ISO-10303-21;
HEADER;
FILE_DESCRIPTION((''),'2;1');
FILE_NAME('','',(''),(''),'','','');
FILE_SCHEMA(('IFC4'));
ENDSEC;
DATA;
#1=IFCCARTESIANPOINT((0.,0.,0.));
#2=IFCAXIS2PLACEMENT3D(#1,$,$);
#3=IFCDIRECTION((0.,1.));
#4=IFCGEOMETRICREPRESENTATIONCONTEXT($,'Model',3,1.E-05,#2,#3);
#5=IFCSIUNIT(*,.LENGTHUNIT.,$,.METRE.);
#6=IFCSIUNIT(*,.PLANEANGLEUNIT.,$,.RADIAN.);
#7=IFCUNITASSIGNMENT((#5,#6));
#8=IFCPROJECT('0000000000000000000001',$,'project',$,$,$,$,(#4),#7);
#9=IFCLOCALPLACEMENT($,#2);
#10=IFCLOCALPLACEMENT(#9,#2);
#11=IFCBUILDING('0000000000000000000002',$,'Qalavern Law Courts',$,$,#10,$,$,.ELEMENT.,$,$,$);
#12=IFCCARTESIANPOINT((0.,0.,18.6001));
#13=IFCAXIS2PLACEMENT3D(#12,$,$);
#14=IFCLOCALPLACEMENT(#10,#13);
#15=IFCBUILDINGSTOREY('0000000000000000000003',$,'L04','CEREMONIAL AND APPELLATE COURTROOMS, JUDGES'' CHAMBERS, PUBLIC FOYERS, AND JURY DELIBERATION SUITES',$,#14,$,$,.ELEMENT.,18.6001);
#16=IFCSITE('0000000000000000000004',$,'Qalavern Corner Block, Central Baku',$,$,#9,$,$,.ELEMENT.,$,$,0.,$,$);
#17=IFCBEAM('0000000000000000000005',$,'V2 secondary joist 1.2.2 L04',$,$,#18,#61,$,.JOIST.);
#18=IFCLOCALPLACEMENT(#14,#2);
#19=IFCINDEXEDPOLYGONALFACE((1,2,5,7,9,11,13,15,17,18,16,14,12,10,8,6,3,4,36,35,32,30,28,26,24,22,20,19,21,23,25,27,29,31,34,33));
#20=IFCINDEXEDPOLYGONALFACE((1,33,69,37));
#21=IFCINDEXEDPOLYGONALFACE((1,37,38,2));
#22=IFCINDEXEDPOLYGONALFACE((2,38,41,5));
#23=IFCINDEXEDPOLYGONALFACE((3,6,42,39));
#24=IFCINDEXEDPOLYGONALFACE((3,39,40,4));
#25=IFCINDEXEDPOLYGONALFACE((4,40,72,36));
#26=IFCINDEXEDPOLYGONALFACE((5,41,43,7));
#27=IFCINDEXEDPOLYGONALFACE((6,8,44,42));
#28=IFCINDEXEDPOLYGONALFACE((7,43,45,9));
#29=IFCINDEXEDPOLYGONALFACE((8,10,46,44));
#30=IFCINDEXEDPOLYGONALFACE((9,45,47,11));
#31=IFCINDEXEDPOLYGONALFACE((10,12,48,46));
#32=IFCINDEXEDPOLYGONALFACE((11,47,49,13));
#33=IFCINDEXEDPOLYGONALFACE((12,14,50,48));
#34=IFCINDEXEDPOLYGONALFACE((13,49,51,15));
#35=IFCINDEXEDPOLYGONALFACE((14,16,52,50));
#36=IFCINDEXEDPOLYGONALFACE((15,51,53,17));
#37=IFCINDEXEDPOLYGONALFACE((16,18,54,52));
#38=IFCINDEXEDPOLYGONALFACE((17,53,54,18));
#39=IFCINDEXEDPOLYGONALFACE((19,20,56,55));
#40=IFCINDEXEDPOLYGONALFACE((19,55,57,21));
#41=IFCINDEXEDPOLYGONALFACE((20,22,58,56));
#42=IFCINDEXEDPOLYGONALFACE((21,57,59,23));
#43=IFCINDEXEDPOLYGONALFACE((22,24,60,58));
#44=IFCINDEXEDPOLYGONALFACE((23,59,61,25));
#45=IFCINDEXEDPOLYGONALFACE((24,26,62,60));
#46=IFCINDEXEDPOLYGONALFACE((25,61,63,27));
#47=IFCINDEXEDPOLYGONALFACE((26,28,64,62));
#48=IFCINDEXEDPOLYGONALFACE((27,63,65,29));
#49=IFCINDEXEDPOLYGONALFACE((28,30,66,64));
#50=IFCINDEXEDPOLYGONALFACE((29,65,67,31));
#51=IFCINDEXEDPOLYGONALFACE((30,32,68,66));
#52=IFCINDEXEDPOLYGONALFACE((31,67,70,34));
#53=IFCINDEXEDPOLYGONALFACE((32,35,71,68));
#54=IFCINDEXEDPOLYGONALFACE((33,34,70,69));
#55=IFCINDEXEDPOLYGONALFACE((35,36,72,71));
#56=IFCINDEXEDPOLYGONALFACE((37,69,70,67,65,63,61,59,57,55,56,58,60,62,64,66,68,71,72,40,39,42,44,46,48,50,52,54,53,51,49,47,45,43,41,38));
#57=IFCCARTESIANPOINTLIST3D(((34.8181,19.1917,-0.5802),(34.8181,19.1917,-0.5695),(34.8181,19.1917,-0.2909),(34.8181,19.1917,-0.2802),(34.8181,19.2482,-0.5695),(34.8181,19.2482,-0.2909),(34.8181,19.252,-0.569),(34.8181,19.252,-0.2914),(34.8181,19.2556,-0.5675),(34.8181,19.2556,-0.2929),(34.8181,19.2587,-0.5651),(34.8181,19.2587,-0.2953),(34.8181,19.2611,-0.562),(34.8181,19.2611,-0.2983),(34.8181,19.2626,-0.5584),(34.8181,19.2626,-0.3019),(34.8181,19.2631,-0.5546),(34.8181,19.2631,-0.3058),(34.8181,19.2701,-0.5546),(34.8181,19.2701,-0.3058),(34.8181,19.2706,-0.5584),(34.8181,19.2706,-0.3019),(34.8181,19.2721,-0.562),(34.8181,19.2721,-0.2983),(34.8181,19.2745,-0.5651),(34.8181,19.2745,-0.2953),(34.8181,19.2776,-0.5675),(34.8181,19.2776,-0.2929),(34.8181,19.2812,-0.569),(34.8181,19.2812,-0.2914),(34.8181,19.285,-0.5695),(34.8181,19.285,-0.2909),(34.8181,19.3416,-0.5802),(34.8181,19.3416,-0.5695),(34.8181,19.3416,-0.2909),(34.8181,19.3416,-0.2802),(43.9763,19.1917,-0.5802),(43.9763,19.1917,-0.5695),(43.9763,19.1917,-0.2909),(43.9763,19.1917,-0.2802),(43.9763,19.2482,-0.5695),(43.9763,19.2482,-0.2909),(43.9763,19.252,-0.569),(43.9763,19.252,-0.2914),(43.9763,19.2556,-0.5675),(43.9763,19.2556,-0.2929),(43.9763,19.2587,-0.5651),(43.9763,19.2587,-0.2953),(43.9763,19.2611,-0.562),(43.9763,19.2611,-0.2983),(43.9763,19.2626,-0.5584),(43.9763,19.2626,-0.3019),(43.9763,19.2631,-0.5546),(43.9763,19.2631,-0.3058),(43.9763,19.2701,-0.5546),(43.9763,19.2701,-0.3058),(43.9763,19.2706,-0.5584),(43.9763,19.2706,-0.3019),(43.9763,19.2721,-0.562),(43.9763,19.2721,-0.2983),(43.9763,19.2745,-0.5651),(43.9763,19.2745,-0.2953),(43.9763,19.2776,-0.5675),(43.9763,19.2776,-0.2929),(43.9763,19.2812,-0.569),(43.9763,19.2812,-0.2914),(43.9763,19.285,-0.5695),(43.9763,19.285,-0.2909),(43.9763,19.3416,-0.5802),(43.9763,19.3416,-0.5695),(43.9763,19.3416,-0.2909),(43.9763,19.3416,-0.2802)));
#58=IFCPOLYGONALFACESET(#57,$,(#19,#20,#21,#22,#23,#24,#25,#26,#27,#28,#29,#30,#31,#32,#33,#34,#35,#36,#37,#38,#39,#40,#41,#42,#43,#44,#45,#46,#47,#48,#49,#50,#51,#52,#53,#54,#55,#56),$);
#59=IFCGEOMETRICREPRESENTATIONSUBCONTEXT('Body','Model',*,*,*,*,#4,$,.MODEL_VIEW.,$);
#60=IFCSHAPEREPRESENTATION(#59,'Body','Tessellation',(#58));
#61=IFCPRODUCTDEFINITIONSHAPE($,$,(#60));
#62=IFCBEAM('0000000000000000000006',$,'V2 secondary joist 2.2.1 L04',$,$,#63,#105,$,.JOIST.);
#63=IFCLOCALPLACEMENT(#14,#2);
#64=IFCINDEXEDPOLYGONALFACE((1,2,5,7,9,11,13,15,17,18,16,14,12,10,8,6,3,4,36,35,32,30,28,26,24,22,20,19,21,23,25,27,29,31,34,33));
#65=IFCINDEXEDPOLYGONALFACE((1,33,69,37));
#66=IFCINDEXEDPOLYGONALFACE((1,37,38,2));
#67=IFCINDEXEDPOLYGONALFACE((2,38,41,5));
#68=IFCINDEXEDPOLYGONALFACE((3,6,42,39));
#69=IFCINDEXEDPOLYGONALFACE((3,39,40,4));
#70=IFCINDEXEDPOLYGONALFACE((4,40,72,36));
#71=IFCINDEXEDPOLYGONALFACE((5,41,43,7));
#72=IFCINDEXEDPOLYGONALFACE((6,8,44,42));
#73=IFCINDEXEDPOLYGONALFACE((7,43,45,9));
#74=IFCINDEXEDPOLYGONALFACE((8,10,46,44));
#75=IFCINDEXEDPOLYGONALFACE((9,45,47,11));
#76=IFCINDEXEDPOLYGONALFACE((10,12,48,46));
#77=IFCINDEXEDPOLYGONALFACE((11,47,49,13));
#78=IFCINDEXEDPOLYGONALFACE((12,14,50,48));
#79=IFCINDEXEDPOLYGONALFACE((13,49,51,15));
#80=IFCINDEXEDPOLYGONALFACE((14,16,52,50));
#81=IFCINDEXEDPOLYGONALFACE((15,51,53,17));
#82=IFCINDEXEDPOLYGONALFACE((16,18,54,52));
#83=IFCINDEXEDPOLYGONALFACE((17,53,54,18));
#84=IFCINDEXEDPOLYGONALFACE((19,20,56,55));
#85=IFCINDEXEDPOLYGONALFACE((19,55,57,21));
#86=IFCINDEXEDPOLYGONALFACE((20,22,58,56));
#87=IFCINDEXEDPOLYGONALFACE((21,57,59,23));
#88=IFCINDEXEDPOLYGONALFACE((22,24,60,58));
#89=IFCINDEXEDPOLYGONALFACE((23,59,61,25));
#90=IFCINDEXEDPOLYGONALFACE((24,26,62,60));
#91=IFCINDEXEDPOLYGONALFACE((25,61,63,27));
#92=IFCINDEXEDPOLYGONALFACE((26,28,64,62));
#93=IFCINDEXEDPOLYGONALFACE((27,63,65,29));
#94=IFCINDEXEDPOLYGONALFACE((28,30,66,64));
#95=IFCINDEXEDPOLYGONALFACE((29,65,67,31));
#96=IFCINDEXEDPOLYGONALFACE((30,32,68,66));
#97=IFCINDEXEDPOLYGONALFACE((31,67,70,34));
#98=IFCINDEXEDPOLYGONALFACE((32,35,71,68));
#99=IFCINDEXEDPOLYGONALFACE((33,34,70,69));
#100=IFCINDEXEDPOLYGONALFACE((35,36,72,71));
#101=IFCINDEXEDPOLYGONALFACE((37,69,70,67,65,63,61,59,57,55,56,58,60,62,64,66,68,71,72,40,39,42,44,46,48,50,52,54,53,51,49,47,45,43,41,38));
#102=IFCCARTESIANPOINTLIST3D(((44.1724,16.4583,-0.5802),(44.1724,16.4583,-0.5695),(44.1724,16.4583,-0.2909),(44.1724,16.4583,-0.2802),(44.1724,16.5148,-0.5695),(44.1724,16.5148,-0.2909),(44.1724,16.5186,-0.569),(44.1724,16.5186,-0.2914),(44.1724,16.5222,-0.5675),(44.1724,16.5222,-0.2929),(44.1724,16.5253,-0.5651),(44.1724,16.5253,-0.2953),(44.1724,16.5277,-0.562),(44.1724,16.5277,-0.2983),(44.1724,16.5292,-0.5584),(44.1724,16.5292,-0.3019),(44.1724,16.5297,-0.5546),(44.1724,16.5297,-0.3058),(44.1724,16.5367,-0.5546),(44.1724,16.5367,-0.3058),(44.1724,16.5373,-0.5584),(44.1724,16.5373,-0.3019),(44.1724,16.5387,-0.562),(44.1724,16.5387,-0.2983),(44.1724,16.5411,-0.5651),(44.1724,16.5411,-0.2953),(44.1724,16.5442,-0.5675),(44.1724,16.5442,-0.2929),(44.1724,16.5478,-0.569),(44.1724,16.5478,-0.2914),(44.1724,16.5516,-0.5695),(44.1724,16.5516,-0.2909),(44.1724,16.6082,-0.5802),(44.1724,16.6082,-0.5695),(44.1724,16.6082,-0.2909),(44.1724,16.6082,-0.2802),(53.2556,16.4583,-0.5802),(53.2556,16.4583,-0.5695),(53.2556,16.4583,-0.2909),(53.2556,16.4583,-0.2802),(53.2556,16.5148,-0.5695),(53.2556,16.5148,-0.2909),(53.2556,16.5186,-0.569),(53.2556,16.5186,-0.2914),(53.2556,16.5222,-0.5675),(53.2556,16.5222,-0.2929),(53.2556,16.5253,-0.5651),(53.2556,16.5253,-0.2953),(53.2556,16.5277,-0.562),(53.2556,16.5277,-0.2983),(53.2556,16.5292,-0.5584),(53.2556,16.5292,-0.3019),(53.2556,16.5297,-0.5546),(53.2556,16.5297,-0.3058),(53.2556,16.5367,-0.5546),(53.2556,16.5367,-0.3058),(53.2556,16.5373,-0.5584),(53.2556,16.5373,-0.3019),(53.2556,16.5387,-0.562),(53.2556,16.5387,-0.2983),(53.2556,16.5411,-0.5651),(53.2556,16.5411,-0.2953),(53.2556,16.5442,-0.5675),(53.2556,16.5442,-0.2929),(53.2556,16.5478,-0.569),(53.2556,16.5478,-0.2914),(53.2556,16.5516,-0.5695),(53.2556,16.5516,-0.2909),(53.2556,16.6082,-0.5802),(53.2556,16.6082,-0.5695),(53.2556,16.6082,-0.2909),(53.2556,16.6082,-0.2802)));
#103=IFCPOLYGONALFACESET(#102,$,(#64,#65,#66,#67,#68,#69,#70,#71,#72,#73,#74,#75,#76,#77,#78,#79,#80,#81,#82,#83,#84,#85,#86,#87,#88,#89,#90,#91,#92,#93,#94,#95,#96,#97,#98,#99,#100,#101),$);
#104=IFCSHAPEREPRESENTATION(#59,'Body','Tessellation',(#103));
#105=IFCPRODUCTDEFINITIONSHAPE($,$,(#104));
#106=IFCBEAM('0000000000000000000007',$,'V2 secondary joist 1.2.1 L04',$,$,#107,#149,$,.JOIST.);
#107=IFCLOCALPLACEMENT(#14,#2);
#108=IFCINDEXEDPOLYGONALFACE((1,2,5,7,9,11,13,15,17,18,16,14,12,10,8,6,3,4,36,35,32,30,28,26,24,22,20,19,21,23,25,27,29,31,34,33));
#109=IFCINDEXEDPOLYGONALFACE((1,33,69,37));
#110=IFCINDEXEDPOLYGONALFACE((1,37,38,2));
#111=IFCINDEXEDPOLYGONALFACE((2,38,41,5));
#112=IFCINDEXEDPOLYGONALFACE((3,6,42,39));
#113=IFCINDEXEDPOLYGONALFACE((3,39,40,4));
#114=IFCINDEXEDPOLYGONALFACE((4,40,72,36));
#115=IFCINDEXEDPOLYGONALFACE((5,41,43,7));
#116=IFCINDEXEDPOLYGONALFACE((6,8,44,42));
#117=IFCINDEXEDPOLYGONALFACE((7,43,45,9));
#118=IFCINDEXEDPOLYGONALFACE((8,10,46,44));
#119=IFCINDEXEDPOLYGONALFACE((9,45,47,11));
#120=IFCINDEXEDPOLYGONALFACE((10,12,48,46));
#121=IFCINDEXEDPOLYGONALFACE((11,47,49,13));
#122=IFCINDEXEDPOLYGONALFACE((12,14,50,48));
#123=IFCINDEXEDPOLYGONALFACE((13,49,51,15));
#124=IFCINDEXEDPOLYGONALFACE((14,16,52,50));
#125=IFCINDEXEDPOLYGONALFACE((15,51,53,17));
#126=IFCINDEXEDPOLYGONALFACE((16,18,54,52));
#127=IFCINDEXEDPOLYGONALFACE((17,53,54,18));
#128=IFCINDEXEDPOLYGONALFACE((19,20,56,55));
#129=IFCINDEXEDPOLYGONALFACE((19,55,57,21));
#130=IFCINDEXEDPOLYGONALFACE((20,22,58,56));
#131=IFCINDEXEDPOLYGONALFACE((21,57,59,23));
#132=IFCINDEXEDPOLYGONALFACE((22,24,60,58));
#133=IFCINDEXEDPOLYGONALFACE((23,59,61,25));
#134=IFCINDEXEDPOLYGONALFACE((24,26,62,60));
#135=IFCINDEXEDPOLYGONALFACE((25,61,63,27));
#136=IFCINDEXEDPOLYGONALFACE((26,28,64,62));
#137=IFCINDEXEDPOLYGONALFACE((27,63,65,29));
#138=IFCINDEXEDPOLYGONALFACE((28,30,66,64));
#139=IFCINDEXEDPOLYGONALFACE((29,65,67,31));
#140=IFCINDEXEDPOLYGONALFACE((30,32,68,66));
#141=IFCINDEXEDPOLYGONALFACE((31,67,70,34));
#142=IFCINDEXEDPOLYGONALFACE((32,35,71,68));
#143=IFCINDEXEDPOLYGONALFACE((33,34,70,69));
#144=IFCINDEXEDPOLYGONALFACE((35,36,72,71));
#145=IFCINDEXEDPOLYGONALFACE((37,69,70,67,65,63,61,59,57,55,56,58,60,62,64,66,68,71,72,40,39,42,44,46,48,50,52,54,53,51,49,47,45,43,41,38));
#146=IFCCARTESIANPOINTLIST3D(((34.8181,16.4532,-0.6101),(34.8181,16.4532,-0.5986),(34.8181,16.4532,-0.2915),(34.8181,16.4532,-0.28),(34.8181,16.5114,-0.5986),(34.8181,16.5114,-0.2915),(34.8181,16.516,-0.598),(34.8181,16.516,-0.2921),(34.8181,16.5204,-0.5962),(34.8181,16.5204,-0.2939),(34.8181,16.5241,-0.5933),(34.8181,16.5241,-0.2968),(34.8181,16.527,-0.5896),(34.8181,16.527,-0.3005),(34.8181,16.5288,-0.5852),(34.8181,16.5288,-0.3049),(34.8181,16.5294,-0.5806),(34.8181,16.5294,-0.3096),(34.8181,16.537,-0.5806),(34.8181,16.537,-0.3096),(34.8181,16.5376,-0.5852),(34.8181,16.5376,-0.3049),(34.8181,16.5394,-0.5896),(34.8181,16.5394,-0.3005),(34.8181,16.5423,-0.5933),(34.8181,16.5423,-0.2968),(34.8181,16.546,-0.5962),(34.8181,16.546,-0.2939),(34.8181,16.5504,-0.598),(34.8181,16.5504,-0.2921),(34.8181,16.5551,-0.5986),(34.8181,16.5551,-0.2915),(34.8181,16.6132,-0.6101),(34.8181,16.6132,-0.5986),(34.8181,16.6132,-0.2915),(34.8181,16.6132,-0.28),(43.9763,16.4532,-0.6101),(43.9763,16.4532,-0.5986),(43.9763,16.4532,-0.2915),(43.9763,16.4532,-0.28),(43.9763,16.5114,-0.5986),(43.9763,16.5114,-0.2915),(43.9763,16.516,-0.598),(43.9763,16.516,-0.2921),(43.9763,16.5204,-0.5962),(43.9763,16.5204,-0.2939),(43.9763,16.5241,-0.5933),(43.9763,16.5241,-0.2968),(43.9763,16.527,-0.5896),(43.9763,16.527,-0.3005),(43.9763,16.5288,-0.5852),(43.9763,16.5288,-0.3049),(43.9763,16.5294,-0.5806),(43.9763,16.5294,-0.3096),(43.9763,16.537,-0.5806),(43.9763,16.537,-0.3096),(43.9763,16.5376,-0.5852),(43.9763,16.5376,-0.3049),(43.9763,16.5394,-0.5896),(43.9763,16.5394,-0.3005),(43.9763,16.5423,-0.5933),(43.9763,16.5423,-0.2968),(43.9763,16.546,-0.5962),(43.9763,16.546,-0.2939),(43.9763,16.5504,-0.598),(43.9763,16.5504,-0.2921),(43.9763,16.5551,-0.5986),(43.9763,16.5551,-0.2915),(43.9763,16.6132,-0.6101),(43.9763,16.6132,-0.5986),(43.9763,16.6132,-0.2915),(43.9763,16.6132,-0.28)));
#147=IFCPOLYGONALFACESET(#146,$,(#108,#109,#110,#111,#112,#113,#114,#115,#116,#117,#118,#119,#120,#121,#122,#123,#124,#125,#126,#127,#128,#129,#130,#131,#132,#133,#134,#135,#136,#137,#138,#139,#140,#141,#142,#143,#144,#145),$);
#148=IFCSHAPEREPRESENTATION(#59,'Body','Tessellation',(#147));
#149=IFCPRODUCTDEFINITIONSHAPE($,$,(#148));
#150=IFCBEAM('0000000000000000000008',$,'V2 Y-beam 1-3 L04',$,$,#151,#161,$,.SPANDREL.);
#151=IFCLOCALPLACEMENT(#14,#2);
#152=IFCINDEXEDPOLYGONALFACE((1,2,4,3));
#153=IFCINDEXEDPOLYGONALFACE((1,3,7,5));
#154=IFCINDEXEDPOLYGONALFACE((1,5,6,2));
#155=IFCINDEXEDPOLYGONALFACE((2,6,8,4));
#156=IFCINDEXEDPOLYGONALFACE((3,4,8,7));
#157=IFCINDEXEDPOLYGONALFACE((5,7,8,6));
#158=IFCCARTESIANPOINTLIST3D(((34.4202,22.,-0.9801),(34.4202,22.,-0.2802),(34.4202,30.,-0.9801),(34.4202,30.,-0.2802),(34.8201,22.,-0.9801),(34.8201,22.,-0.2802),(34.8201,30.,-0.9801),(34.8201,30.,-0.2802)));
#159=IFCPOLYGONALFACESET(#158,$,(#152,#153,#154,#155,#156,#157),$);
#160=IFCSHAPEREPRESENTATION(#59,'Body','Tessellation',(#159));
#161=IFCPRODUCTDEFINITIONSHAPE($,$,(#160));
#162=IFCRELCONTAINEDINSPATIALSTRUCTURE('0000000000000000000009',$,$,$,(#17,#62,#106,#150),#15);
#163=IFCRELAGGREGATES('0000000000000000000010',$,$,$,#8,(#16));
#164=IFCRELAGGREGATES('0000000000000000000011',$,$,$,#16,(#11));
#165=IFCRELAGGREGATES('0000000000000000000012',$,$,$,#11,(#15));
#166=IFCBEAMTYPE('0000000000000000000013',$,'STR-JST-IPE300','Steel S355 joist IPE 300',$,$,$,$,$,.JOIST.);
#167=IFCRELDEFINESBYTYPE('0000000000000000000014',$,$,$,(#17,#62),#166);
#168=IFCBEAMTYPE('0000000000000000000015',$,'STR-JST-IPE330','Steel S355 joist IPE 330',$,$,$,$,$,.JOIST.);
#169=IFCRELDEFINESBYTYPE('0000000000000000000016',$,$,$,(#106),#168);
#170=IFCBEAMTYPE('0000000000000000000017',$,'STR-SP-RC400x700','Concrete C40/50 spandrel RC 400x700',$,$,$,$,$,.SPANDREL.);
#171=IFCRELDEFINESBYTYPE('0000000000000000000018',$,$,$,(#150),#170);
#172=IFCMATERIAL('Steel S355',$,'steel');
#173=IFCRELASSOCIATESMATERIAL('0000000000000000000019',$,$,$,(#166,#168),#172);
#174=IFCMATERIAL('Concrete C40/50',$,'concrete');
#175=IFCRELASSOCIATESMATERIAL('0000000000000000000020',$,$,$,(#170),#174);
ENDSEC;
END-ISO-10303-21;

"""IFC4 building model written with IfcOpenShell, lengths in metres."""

from ifc_helpers import new_model, si_unit, direction, frame, origin, origin_2d, place, context, subcontext, project, spatial, rectangle, i_section, extrude, material, material_profile, profile_set, type_object, element, save


model = new_model("IFC4")

# Units and contexts
model_context = context("Model", 3, precision=1e-05, world=origin(), true_north=direction((0.0, 1.0)))
body_context = subcontext(model_context, "Body", "Model", "MODEL_VIEW")
ifc_project = project(units=[si_unit("LENGTHUNIT", "METRE"), si_unit("PLANEANGLEUNIT", "RADIAN")], contexts=[model_context])

# Site, building, storey
site_placement = place(None, origin())
site = spatial("IfcSite", under=ifc_project, at=site_placement, Name="Qalavern Corner Block, Central Baku", CompositionType="ELEMENT", RefElevation=0.0)
building_placement = place(site_placement, origin())
building = spatial("IfcBuilding", under=site, at=building_placement, Name="Qalavern Law Courts", CompositionType="ELEMENT")
storey_placement = place(building_placement, frame((0.0, 0.0, 18.6001)))
storey = spatial("IfcBuildingStorey", under=building, at=storey_placement, Name="L04", Description="CEREMONIAL AND APPELLATE COURTROOMS, JUDGES' CHAMBERS, PUBLIC FOYERS, AND JURY DELIBERATION SUITES", CompositionType="ELEMENT", Elevation=18.6001)

# Beams
ifc_material_1 = material(Name="Steel S355", Category="steel")
ifc_material_2 = material(Name="Concrete C40/50", Category="concrete")
ifc_material_profile_1 = material_profile(ifc_material_1, i_section(OverallWidth=0.1499, OverallDepth=0.3, WebThickness=0.0071, FlangeThickness=0.0107, FilletRadius=0.0149, at=origin_2d()), Name="IPE 300")
ifc_profile_set_1 = profile_set([ifc_material_profile_1], Name="Steel S355")
beam_type_1 = type_object("IfcBeamType", Name="STR-JST-IPE300", Description="Steel S355 joist IPE 300", PredefinedType="JOIST", material=ifc_profile_set_1)
beam_1_placement = place(storey_placement, frame((34.8181, 19.2666, -0.4302), z_axis=(1.0, 0.0, 0.0), x_axis=(0.0, 1.0, 0.0)))
element("IfcBeam", 1, at=beam_1_placement, inside=storey, type_object=beam_type_1, Name="V2 secondary joist 1.2.2 L04", PredefinedType="JOIST", context=body_context, shape_type="SweptSolid", body=[
    extrude(i_section(OverallWidth=0.1499, OverallDepth=0.3, WebThickness=0.0071, FlangeThickness=0.0107, FilletRadius=0.0149, at=origin_2d()), origin(), (0.0, 0.0, 1.0), 9.1582),
])
beam_2_placement = place(storey_placement, frame((44.1724, 16.5332, -0.4302), z_axis=(1.0, 0.0, 0.0), x_axis=(0.0, 1.0, 0.0)))
element("IfcBeam", 2, at=beam_2_placement, inside=storey, type_object=beam_type_1, Name="V2 secondary joist 2.2.1 L04", PredefinedType="JOIST", context=body_context, shape_type="SweptSolid", body=[
    extrude(i_section(OverallWidth=0.1499, OverallDepth=0.3, WebThickness=0.0071, FlangeThickness=0.0107, FilletRadius=0.0149, at=origin_2d()), origin(), (0.0, 0.0, 1.0), 9.0833),
])
ifc_material_profile_2 = material_profile(ifc_material_1, i_section(OverallWidth=0.1599, OverallDepth=0.3301, WebThickness=0.0076, FlangeThickness=0.0115, FilletRadius=0.0181, at=origin_2d()), Name="IPE 330")
ifc_profile_set_2 = profile_set([ifc_material_profile_2], Name="Steel S355")
beam_type_2 = type_object("IfcBeamType", Name="STR-JST-IPE330", Description="Steel S355 joist IPE 330", PredefinedType="JOIST", material=ifc_profile_set_2)
beam_3_placement = place(storey_placement, frame((34.8181, 16.5332, -0.4451), z_axis=(1.0, 0.0, 0.0), x_axis=(0.0, 1.0, 0.0)))
element("IfcBeam", 3, at=beam_3_placement, inside=storey, type_object=beam_type_2, Name="V2 secondary joist 1.2.1 L04", PredefinedType="JOIST", context=body_context, shape_type="SweptSolid", body=[
    extrude(i_section(OverallWidth=0.1599, OverallDepth=0.3301, WebThickness=0.0076, FlangeThickness=0.0115, FilletRadius=0.0181, at=origin_2d()), origin(), (0.0, 0.0, 1.0), 9.1582),
])
ifc_material_profile_3 = material_profile(ifc_material_2, rectangle(XDim=0.3999, YDim=0.7, at=origin_2d()), Name="RC 400x700")
ifc_profile_set_3 = profile_set([ifc_material_profile_3], Name="Concrete C40/50")
beam_type_3 = type_object("IfcBeamType", Name="STR-SP-RC400x700", Description="Concrete C40/50 spandrel RC 400x700", PredefinedType="SPANDREL", material=ifc_profile_set_3)
beam_4_placement = place(storey_placement, frame((34.6201, 22.0, -0.6301), z_axis=(0.0, 1.0, 0.0), x_axis=(-1.0, 0.0, 0.0)))
element("IfcBeam", 4, at=beam_4_placement, inside=storey, type_object=beam_type_3, Name="V2 Y-beam 1-3 L04", PredefinedType="SPANDREL", context=body_context, shape_type="SweptSolid", body=[
    extrude(rectangle(XDim=0.3999, YDim=0.7, at=origin_2d()), origin(), (0.0, 0.0, 1.0), 8.0),
])

save(model, "model.ifc")
